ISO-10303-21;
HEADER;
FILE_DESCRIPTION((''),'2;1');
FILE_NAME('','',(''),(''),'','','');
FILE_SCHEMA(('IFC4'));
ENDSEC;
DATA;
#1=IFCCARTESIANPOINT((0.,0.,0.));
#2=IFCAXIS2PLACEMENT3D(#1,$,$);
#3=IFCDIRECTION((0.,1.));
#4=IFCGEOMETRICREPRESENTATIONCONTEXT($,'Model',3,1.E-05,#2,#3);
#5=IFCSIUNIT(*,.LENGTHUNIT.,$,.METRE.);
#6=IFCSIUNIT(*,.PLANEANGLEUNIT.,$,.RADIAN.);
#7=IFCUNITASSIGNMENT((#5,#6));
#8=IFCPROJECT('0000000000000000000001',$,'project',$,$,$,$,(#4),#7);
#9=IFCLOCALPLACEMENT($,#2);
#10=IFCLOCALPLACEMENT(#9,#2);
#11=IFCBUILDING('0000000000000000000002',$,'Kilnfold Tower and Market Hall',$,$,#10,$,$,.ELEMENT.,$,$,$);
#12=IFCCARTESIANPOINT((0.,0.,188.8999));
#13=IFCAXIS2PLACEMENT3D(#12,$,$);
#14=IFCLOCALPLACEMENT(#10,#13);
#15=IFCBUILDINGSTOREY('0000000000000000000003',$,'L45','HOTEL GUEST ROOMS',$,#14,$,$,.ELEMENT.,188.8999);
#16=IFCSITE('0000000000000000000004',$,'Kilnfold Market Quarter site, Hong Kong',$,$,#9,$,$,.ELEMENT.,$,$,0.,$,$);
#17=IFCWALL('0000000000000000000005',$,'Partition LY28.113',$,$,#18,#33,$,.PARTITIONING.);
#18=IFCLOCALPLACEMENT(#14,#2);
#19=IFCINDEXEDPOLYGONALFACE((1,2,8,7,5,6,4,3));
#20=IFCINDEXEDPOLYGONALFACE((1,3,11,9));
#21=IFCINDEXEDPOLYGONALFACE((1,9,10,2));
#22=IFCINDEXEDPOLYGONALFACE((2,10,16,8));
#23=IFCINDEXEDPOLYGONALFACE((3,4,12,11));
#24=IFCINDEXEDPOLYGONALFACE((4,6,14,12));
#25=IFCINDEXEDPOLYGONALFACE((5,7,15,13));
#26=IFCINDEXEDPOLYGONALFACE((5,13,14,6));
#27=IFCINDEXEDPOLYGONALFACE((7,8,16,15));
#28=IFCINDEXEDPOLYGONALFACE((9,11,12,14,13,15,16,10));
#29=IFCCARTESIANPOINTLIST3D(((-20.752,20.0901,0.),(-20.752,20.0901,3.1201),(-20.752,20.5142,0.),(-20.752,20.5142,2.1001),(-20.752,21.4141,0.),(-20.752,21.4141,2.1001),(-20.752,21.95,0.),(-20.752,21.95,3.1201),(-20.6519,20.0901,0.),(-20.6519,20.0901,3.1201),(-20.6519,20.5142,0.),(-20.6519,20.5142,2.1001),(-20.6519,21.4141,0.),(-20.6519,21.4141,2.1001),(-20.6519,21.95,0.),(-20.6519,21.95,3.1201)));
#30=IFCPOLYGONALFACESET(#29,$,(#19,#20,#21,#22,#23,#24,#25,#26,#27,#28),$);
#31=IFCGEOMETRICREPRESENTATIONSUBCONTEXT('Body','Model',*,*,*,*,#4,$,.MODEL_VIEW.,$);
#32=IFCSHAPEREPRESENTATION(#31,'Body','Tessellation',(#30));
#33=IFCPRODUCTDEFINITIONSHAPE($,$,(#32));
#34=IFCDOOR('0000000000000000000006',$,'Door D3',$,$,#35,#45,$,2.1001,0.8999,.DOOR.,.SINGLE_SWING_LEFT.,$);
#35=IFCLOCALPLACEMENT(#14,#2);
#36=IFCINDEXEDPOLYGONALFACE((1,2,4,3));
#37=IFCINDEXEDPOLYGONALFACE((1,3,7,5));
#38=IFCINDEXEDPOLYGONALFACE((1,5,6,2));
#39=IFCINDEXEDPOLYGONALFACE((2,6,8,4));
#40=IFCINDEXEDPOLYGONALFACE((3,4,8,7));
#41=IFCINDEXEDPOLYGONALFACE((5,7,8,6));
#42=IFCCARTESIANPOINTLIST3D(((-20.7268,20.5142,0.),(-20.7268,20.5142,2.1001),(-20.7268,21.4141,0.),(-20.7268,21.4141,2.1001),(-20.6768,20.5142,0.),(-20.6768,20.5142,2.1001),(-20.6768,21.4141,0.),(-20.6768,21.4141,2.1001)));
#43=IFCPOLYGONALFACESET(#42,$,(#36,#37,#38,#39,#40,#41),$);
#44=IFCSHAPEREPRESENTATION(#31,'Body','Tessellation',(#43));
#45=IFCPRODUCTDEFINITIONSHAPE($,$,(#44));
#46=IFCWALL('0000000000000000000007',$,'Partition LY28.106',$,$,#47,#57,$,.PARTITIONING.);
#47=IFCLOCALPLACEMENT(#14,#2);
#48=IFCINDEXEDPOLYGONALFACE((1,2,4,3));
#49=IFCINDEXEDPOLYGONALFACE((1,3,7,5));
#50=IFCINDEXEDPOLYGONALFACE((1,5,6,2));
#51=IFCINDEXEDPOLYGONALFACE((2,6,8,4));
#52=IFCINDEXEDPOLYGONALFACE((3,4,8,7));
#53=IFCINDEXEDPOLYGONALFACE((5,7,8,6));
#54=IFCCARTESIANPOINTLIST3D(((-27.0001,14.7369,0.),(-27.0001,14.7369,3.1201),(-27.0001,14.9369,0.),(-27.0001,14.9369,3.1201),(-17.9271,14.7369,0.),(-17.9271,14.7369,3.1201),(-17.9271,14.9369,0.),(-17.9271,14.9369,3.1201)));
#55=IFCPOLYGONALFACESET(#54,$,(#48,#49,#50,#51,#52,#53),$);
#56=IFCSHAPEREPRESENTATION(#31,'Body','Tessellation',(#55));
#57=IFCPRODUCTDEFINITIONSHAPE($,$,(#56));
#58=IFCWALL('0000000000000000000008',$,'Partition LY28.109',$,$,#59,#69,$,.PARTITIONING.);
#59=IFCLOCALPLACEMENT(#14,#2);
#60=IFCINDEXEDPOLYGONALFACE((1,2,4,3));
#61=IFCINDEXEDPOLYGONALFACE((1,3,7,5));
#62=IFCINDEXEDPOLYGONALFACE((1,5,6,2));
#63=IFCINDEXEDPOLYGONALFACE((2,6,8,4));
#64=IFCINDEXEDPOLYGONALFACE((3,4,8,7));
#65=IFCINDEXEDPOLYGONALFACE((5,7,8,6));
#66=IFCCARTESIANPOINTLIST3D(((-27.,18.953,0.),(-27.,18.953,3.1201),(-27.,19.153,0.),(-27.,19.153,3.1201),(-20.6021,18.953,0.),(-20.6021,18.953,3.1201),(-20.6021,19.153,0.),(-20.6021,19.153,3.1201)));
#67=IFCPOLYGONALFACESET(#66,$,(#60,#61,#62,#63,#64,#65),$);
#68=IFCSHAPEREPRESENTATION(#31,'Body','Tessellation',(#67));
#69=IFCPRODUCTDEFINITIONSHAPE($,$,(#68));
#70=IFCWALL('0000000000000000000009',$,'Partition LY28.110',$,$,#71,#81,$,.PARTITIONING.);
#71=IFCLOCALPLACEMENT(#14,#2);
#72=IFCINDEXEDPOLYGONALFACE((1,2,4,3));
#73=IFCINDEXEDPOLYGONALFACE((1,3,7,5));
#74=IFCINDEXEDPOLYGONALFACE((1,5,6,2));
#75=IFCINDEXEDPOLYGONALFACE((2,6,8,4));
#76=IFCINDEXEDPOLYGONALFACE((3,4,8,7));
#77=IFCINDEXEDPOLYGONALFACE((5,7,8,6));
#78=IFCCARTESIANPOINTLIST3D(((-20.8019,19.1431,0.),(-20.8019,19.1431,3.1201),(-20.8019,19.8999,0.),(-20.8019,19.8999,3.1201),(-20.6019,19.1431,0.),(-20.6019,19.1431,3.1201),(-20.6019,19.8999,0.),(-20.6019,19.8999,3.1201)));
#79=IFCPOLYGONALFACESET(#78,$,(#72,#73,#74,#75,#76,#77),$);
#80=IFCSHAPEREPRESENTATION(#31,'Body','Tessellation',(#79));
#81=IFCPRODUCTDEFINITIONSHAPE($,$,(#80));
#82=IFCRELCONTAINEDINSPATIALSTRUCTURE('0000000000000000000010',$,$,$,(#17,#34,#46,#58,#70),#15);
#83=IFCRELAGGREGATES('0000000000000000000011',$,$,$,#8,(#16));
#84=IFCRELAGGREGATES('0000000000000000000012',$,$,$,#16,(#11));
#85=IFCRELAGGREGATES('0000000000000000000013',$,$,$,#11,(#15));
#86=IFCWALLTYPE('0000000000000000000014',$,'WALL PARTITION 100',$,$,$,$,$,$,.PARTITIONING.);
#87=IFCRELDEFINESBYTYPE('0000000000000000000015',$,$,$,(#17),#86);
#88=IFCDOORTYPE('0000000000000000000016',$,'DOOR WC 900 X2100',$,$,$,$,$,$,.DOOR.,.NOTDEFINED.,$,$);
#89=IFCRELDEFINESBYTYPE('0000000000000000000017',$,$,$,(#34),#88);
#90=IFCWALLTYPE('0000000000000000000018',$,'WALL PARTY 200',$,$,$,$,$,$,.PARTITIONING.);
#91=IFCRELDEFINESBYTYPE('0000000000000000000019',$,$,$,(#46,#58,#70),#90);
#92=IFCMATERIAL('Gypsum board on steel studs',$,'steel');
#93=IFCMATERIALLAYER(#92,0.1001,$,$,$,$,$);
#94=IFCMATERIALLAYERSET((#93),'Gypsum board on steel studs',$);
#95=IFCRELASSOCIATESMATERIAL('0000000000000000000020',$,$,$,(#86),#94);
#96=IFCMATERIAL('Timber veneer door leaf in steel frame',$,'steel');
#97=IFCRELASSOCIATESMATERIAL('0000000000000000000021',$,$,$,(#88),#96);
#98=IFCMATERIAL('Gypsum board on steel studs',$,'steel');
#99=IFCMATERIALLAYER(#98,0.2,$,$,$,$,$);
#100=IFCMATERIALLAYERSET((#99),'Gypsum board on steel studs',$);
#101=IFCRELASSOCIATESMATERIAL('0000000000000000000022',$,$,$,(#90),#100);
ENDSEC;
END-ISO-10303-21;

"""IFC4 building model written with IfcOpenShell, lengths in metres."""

from ifc_helpers import new_model, si_unit, direction, frame, frame_2d, origin, place, context, subcontext, project, spatial, rectangle, extrude, material, layer, layer_set, type_object, element, fill, save


model = new_model("IFC4")

# Units and contexts
model_context = context("Model", 3, precision=1e-05, world=origin(), true_north=direction((0.0, 1.0)))
body_context = subcontext(model_context, "Body", "Model", "MODEL_VIEW")
ifc_project = project(units=[si_unit("LENGTHUNIT", "METRE"), si_unit("PLANEANGLEUNIT", "RADIAN")], contexts=[model_context])

# Site, building, storey
site_placement = place(None, origin())
site = spatial("IfcSite", under=ifc_project, at=site_placement, Name="Kilnfold Market Quarter site, Hong Kong", CompositionType="ELEMENT", RefElevation=0.0)
building_placement = place(site_placement, origin())
building = spatial("IfcBuilding", under=site, at=building_placement, Name="Kilnfold Tower and Market Hall", CompositionType="ELEMENT")
storey_placement = place(building_placement, frame((0.0, 0.0, 188.8999)))
storey = spatial("IfcBuildingStorey", under=building, at=storey_placement, Name="L45", Description="HOTEL GUEST ROOMS", CompositionType="ELEMENT", Elevation=188.8999)

# Shared definitions
ifc_material_1 = material(Name="Gypsum board on steel studs", Category="steel")
ifc_layer_1 = layer(ifc_material_1, 0.1001)
ifc_layer_set_1 = layer_set([ifc_layer_1], Name="Gypsum board on steel studs")
wall_type_1 = type_object("IfcWallType", Name="WALL PARTITION 100", PredefinedType="PARTITIONING", material=ifc_layer_set_1)
ifc_material_2 = material(Name="Timber veneer door leaf in steel frame", Category="steel")
door_type_1 = type_object("IfcDoorType", Name="DOOR WC 900 X2100", OperationType="NOTDEFINED", PredefinedType="DOOR", material=ifc_material_2)

# Wall, opening, door
wall_1_placement = place(storey_placement, frame((-20.7019, 20.0901, 0.0), z_axis=(0.0, 0.0, 1.0), x_axis=(0.0, 1.0, 0.0)))
wall_1 = element("IfcWall", 1, at=wall_1_placement, inside=storey, type_object=wall_type_1, Name="Partition LY28.113", PredefinedType="PARTITIONING", context=body_context, shape_type="SweptSolid", body=[
    extrude(rectangle(XDim=1.8599, YDim=0.1001, at=frame_2d((0.9299, 0.0))), origin(), (0.0, 0.0, 1.0), 3.1201),
])
opening_1_placement = place(wall_1_placement, frame((0.4241, 0.0, 0.0)))
opening_1 = element("IfcOpeningElement", 2, at=opening_1_placement, cuts=wall_1, PredefinedType="OPENING", context=body_context, shape_type="SweptSolid", body=[
    extrude(rectangle(XDim=0.8999, YDim=2.1001, at=frame_2d((0.45, 1.05))), frame((0.0, 0.0601, 0.0), z_axis=(0.0, -1.0, 0.0), x_axis=(1.0, 0.0, 0.0)), (0.0, 0.0, 1.0), 0.1201),
])
door_1_placement = place(opening_1_placement, origin())
door_1 = element("IfcDoor", 3, at=door_1_placement, inside=storey, type_object=door_type_1, Name="Door D3", OperationType="SINGLE_SWING_LEFT", OverallHeight=2.1001, OverallWidth=0.8999, PredefinedType="DOOR", context=body_context, shape_type="SweptSolid", body=[
    extrude(rectangle(XDim=0.8999, YDim=2.1001, at=frame_2d((0.45, 1.05))), frame((0.0, 0.0249, 0.0), z_axis=(0.0, -1.0, 0.0), x_axis=(1.0, 0.0, 0.0)), (0.0, 0.0, 1.0), 0.05),
])
fill(opening_1, door_1)

# Walls
ifc_material_3 = material(Name="Gypsum board on steel studs", Category="steel")
ifc_layer_2 = layer(ifc_material_3, 0.2)
ifc_layer_set_2 = layer_set([ifc_layer_2], Name="Gypsum board on steel studs")
wall_type_2 = type_object("IfcWallType", Name="WALL PARTY 200", PredefinedType="PARTITIONING", material=ifc_layer_set_2)
wall_2_placement = place(storey_placement, frame((-17.927, 14.8369, 0.0), z_axis=(0.0, 0.0, 1.0), x_axis=(-1.0, 0.0, 0.0)))
element("IfcWall", 4, at=wall_2_placement, inside=storey, type_object=wall_type_2, Name="Partition LY28.106", PredefinedType="PARTITIONING", context=body_context, shape_type="SweptSolid", body=[
    extrude(rectangle(XDim=9.073, YDim=0.2, at=frame_2d((4.5366, 0.0))), origin(), (0.0, 0.0, 1.0), 3.1201),
])
wall_3_placement = place(storey_placement, frame((-20.6021, 19.053, 0.0), z_axis=(0.0, 0.0, 1.0), x_axis=(-1.0, 0.0, 0.0)))
element("IfcWall", 5, at=wall_3_placement, inside=storey, type_object=wall_type_2, Name="Partition LY28.109", PredefinedType="PARTITIONING", context=body_context, shape_type="SweptSolid", body=[
    extrude(rectangle(XDim=6.3979, YDim=0.2, at=frame_2d((3.199, 0.0))), origin(), (0.0, 0.0, 1.0), 3.1201),
])
wall_4_placement = place(storey_placement, frame((-20.7019, 19.8999, 0.0), z_axis=(0.0, 0.0, 1.0), x_axis=(0.0, -1.0, 0.0)))
element("IfcWall", 6, at=wall_4_placement, inside=storey, type_object=wall_type_2, Name="Partition LY28.110", PredefinedType="PARTITIONING", context=body_context, shape_type="SweptSolid", body=[
    extrude(rectangle(XDim=0.7568, YDim=0.2, at=frame_2d((0.3784, 0.0))), origin(), (0.0, 0.0, 1.0), 3.1201),
])

save(model, "model.ifc")
